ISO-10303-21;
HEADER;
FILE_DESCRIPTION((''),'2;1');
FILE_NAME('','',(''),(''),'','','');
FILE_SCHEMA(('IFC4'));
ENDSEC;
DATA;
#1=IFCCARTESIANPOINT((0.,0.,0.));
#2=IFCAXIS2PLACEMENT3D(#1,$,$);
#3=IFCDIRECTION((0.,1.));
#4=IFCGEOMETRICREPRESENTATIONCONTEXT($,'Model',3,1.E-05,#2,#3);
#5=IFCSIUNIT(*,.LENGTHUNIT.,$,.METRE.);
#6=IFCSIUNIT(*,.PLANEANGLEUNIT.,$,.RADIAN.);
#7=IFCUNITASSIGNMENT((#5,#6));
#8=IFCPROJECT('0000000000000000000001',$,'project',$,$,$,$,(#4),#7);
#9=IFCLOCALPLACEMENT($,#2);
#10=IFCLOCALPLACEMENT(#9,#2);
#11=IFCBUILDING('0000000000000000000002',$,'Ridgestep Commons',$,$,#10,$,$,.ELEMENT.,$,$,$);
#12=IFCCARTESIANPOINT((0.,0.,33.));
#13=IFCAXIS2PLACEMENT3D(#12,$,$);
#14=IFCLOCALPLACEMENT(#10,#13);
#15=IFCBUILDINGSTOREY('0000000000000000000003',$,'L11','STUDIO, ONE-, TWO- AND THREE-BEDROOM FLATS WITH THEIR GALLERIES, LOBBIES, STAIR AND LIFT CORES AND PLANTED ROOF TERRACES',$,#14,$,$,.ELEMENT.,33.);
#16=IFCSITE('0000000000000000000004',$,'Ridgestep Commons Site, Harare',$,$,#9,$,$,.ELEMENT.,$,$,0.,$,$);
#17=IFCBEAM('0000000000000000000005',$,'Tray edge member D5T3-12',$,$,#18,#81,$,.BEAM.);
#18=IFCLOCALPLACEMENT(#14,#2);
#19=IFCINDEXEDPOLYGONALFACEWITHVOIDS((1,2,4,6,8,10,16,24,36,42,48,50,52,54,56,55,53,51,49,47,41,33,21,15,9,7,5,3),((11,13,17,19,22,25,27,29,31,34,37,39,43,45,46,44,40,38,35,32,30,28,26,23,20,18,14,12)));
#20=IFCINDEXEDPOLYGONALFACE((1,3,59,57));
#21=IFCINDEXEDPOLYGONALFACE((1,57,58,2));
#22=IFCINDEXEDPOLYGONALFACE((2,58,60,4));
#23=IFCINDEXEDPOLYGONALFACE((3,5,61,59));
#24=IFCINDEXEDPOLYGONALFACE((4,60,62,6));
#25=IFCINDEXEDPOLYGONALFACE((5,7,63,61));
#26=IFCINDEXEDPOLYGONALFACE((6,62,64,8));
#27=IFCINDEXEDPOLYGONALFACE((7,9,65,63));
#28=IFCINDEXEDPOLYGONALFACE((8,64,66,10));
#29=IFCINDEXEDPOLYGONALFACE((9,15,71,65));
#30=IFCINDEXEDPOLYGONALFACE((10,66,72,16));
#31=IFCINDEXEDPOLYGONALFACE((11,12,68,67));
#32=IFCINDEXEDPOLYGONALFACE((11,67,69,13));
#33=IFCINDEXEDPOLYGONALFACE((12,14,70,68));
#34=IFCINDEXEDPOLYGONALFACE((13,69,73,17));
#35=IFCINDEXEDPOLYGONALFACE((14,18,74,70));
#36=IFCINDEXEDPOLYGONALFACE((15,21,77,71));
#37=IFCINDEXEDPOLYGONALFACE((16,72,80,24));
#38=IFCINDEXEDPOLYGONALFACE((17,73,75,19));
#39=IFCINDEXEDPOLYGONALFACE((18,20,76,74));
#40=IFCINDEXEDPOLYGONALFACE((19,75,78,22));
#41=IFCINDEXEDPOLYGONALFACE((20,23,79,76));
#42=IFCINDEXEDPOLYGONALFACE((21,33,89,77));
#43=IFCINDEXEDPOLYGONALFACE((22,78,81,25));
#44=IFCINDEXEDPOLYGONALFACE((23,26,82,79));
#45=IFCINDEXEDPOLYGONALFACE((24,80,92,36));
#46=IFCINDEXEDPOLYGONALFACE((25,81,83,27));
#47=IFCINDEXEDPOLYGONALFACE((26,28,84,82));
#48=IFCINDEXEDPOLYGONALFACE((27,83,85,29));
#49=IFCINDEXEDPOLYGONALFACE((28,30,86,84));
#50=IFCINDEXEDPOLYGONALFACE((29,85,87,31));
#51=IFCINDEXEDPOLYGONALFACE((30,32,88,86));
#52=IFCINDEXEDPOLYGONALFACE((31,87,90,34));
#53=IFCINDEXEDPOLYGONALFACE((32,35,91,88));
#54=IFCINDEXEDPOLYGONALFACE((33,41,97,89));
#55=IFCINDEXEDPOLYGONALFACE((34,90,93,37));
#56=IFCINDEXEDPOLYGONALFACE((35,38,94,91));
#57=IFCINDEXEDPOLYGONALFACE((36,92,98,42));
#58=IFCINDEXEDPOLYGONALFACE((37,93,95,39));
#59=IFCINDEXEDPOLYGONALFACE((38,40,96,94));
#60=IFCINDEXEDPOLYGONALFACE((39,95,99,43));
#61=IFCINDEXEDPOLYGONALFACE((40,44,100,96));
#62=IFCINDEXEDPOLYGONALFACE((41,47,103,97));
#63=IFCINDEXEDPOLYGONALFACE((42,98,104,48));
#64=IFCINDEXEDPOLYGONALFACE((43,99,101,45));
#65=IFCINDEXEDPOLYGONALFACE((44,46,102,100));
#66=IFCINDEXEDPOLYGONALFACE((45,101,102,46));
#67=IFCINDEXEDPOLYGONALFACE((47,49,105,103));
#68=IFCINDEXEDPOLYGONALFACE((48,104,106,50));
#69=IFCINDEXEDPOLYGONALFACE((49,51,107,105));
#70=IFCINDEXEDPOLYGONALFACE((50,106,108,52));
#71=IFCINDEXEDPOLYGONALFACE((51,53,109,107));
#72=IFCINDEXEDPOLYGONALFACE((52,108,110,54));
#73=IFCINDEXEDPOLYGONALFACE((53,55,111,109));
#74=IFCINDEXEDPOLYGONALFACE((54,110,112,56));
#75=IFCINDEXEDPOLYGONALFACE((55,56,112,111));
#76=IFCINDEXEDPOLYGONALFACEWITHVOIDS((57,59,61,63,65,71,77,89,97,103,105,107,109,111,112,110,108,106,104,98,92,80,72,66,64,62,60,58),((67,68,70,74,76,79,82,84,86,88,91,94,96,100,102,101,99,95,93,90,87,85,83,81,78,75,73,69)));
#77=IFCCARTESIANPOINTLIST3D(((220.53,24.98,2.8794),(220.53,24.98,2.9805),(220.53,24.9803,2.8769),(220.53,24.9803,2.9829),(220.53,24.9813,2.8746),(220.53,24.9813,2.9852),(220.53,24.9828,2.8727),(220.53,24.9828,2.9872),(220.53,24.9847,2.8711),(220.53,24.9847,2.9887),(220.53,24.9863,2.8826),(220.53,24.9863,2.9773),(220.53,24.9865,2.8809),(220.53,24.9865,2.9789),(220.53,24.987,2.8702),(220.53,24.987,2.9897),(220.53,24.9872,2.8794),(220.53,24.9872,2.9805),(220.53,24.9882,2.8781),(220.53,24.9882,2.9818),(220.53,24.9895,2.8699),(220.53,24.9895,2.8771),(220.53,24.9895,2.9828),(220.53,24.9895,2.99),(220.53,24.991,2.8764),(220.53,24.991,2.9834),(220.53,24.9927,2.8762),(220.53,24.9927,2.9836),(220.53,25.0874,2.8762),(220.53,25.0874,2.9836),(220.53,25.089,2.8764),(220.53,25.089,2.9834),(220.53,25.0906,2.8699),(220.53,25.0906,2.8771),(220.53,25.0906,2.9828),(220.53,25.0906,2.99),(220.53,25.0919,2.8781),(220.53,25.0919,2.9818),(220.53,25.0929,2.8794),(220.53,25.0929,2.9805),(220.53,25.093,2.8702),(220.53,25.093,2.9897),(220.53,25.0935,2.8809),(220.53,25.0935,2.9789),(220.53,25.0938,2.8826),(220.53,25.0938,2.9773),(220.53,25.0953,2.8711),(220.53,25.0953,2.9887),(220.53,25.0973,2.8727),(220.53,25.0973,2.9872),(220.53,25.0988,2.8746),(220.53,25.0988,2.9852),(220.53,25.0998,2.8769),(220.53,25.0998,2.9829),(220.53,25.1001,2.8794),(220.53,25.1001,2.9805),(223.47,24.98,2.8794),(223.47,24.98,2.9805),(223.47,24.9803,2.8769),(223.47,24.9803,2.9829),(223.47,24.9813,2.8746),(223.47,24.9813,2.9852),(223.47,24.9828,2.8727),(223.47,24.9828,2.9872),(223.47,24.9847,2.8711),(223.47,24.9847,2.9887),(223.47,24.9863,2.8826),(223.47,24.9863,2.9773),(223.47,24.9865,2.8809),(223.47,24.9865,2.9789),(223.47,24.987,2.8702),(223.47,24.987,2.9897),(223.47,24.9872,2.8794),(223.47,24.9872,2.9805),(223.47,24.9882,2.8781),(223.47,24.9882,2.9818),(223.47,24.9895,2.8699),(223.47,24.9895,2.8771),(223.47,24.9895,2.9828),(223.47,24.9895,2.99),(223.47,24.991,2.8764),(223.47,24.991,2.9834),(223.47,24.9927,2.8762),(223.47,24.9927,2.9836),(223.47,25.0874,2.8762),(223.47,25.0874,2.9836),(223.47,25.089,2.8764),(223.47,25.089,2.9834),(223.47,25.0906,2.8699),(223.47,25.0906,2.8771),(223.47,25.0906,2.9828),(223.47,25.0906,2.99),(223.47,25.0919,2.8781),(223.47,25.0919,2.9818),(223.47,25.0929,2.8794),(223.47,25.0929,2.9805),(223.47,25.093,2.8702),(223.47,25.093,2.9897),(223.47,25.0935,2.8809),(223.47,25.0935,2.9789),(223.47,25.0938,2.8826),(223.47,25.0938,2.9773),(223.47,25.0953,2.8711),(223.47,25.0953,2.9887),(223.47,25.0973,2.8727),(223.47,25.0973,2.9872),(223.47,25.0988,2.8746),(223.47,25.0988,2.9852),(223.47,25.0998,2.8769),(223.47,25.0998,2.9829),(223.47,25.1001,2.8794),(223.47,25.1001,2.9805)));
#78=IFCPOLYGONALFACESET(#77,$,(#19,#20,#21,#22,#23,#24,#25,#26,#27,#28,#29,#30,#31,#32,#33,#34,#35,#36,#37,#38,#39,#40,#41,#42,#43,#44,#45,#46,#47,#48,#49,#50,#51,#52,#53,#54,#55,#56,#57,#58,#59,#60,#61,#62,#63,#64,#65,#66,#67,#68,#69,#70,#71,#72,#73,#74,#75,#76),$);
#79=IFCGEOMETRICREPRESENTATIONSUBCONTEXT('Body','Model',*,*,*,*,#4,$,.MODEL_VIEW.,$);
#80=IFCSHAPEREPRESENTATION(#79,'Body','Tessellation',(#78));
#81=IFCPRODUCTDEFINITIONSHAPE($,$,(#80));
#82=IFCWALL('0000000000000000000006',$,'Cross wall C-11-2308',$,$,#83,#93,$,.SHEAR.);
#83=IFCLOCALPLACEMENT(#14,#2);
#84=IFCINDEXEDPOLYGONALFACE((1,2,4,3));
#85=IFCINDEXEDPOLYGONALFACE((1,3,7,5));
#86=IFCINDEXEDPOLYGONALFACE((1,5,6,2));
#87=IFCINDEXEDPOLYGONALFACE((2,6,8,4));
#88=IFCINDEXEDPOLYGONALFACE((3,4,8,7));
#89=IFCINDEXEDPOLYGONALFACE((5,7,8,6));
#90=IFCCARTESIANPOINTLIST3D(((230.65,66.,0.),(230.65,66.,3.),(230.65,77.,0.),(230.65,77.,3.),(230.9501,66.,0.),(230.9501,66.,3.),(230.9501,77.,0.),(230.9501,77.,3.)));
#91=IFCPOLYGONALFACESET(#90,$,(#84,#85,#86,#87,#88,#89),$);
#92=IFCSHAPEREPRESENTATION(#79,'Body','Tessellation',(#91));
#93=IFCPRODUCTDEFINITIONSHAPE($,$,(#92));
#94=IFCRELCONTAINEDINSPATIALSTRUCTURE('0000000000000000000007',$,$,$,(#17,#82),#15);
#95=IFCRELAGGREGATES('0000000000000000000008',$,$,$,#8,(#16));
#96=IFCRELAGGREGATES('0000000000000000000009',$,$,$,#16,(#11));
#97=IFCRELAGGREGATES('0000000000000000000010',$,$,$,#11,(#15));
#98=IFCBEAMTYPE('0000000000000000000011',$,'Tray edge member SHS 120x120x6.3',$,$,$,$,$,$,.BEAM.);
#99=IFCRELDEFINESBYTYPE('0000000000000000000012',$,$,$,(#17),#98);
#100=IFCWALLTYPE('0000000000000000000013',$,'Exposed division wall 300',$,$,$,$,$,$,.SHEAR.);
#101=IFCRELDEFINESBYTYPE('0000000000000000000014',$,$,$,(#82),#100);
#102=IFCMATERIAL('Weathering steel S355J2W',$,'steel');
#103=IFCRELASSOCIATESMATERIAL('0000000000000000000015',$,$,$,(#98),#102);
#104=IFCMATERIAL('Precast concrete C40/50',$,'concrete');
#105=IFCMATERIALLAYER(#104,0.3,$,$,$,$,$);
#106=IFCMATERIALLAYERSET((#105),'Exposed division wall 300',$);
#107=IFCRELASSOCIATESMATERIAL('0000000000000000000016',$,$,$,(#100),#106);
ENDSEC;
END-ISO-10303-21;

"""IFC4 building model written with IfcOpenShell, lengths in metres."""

from ifc_helpers import new_model, si_unit, direction, frame, frame_2d, origin, origin_2d, place, context, subcontext, project, spatial, rectangle, hollow_rectangle, extrude, material, layer, layer_set, material_profile, profile_set, type_object, element, save


model = new_model("IFC4")

# Units and contexts
model_context = context("Model", 3, precision=1e-05, world=origin(), true_north=direction((0.0, 1.0)))
body_context = subcontext(model_context, "Body", "Model", "MODEL_VIEW")
ifc_project = project(units=[si_unit("LENGTHUNIT", "METRE"), si_unit("PLANEANGLEUNIT", "RADIAN")], contexts=[model_context])

# Site, building, storey
site_placement = place(None, origin())
site = spatial("IfcSite", under=ifc_project, at=site_placement, Name="Ridgestep Commons Site, Harare", CompositionType="ELEMENT", RefElevation=0.0)
building_placement = place(site_placement, origin())
building = spatial("IfcBuilding", under=site, at=building_placement, Name="Ridgestep Commons", CompositionType="ELEMENT")
storey_placement = place(building_placement, frame((0.0, 0.0, 33.0)))
storey = spatial("IfcBuildingStorey", under=building, at=storey_placement, Name="L11", Description="STUDIO, ONE-, TWO- AND THREE-BEDROOM FLATS WITH THEIR GALLERIES, LOBBIES, STAIR AND LIFT CORES AND PLANTED ROOF TERRACES", CompositionType="ELEMENT", Elevation=33.0)

# Beam
ifc_material_1 = material(Name="Weathering steel S355J2W", Category="steel")
ifc_material_profile_1 = material_profile(ifc_material_1, hollow_rectangle(XDim=0.1201, YDim=0.1201, WallThickness=0.0063, InnerFilletRadius=0.0063, OuterFilletRadius=0.0095, at=origin_2d()), Name="SHS 120x120x6.3")
ifc_profile_set_1 = profile_set([ifc_material_profile_1], Name="Weathering steel S355J2W")
beam_type_1 = type_object("IfcBeamType", Name="Tray edge member SHS 120x120x6.3", PredefinedType="BEAM", material=ifc_profile_set_1)
beam_1_placement = place(storey_placement, frame((220.53, 25.04, 2.9299), z_axis=(1.0, 0.0, 0.0), x_axis=(0.0, 0.0, 1.0)))
element("IfcBeam", 1, at=beam_1_placement, inside=storey, type_object=beam_type_1, Name="Tray edge member D5T3-12", PredefinedType="BEAM", context=body_context, shape_type="SweptSolid", body=[
    extrude(hollow_rectangle(XDim=0.1201, YDim=0.1201, WallThickness=0.0063, InnerFilletRadius=0.0063, OuterFilletRadius=0.0095, at=origin_2d()), origin(), (0.0, 0.0, 1.0), 2.9399),
])

# Wall
ifc_material_2 = material(Name="Precast concrete C40/50", Category="concrete")
ifc_layer_1 = layer(ifc_material_2, 0.3)
ifc_layer_set_1 = layer_set([ifc_layer_1], Name="Exposed division wall 300")
wall_type = type_object("IfcWallType", Name="Exposed division wall 300", PredefinedType="SHEAR", material=ifc_layer_set_1)
wall_placement = place(storey_placement, frame((230.8, 66.0, 0.0), z_axis=(0.0, 0.0, 1.0), x_axis=(0.0, 1.0, 0.0)))
element("IfcWall", 2, at=wall_placement, inside=storey, type_object=wall_type, Name="Cross wall C-11-2308", PredefinedType="SHEAR", context=body_context, shape_type="SweptSolid", body=[
    extrude(rectangle(XDim=11.0, YDim=0.3, at=frame_2d((5.5, 0.0))), origin(), (0.0, 0.0, 1.0), 3.0),
])

save(model, "model.ifc")
